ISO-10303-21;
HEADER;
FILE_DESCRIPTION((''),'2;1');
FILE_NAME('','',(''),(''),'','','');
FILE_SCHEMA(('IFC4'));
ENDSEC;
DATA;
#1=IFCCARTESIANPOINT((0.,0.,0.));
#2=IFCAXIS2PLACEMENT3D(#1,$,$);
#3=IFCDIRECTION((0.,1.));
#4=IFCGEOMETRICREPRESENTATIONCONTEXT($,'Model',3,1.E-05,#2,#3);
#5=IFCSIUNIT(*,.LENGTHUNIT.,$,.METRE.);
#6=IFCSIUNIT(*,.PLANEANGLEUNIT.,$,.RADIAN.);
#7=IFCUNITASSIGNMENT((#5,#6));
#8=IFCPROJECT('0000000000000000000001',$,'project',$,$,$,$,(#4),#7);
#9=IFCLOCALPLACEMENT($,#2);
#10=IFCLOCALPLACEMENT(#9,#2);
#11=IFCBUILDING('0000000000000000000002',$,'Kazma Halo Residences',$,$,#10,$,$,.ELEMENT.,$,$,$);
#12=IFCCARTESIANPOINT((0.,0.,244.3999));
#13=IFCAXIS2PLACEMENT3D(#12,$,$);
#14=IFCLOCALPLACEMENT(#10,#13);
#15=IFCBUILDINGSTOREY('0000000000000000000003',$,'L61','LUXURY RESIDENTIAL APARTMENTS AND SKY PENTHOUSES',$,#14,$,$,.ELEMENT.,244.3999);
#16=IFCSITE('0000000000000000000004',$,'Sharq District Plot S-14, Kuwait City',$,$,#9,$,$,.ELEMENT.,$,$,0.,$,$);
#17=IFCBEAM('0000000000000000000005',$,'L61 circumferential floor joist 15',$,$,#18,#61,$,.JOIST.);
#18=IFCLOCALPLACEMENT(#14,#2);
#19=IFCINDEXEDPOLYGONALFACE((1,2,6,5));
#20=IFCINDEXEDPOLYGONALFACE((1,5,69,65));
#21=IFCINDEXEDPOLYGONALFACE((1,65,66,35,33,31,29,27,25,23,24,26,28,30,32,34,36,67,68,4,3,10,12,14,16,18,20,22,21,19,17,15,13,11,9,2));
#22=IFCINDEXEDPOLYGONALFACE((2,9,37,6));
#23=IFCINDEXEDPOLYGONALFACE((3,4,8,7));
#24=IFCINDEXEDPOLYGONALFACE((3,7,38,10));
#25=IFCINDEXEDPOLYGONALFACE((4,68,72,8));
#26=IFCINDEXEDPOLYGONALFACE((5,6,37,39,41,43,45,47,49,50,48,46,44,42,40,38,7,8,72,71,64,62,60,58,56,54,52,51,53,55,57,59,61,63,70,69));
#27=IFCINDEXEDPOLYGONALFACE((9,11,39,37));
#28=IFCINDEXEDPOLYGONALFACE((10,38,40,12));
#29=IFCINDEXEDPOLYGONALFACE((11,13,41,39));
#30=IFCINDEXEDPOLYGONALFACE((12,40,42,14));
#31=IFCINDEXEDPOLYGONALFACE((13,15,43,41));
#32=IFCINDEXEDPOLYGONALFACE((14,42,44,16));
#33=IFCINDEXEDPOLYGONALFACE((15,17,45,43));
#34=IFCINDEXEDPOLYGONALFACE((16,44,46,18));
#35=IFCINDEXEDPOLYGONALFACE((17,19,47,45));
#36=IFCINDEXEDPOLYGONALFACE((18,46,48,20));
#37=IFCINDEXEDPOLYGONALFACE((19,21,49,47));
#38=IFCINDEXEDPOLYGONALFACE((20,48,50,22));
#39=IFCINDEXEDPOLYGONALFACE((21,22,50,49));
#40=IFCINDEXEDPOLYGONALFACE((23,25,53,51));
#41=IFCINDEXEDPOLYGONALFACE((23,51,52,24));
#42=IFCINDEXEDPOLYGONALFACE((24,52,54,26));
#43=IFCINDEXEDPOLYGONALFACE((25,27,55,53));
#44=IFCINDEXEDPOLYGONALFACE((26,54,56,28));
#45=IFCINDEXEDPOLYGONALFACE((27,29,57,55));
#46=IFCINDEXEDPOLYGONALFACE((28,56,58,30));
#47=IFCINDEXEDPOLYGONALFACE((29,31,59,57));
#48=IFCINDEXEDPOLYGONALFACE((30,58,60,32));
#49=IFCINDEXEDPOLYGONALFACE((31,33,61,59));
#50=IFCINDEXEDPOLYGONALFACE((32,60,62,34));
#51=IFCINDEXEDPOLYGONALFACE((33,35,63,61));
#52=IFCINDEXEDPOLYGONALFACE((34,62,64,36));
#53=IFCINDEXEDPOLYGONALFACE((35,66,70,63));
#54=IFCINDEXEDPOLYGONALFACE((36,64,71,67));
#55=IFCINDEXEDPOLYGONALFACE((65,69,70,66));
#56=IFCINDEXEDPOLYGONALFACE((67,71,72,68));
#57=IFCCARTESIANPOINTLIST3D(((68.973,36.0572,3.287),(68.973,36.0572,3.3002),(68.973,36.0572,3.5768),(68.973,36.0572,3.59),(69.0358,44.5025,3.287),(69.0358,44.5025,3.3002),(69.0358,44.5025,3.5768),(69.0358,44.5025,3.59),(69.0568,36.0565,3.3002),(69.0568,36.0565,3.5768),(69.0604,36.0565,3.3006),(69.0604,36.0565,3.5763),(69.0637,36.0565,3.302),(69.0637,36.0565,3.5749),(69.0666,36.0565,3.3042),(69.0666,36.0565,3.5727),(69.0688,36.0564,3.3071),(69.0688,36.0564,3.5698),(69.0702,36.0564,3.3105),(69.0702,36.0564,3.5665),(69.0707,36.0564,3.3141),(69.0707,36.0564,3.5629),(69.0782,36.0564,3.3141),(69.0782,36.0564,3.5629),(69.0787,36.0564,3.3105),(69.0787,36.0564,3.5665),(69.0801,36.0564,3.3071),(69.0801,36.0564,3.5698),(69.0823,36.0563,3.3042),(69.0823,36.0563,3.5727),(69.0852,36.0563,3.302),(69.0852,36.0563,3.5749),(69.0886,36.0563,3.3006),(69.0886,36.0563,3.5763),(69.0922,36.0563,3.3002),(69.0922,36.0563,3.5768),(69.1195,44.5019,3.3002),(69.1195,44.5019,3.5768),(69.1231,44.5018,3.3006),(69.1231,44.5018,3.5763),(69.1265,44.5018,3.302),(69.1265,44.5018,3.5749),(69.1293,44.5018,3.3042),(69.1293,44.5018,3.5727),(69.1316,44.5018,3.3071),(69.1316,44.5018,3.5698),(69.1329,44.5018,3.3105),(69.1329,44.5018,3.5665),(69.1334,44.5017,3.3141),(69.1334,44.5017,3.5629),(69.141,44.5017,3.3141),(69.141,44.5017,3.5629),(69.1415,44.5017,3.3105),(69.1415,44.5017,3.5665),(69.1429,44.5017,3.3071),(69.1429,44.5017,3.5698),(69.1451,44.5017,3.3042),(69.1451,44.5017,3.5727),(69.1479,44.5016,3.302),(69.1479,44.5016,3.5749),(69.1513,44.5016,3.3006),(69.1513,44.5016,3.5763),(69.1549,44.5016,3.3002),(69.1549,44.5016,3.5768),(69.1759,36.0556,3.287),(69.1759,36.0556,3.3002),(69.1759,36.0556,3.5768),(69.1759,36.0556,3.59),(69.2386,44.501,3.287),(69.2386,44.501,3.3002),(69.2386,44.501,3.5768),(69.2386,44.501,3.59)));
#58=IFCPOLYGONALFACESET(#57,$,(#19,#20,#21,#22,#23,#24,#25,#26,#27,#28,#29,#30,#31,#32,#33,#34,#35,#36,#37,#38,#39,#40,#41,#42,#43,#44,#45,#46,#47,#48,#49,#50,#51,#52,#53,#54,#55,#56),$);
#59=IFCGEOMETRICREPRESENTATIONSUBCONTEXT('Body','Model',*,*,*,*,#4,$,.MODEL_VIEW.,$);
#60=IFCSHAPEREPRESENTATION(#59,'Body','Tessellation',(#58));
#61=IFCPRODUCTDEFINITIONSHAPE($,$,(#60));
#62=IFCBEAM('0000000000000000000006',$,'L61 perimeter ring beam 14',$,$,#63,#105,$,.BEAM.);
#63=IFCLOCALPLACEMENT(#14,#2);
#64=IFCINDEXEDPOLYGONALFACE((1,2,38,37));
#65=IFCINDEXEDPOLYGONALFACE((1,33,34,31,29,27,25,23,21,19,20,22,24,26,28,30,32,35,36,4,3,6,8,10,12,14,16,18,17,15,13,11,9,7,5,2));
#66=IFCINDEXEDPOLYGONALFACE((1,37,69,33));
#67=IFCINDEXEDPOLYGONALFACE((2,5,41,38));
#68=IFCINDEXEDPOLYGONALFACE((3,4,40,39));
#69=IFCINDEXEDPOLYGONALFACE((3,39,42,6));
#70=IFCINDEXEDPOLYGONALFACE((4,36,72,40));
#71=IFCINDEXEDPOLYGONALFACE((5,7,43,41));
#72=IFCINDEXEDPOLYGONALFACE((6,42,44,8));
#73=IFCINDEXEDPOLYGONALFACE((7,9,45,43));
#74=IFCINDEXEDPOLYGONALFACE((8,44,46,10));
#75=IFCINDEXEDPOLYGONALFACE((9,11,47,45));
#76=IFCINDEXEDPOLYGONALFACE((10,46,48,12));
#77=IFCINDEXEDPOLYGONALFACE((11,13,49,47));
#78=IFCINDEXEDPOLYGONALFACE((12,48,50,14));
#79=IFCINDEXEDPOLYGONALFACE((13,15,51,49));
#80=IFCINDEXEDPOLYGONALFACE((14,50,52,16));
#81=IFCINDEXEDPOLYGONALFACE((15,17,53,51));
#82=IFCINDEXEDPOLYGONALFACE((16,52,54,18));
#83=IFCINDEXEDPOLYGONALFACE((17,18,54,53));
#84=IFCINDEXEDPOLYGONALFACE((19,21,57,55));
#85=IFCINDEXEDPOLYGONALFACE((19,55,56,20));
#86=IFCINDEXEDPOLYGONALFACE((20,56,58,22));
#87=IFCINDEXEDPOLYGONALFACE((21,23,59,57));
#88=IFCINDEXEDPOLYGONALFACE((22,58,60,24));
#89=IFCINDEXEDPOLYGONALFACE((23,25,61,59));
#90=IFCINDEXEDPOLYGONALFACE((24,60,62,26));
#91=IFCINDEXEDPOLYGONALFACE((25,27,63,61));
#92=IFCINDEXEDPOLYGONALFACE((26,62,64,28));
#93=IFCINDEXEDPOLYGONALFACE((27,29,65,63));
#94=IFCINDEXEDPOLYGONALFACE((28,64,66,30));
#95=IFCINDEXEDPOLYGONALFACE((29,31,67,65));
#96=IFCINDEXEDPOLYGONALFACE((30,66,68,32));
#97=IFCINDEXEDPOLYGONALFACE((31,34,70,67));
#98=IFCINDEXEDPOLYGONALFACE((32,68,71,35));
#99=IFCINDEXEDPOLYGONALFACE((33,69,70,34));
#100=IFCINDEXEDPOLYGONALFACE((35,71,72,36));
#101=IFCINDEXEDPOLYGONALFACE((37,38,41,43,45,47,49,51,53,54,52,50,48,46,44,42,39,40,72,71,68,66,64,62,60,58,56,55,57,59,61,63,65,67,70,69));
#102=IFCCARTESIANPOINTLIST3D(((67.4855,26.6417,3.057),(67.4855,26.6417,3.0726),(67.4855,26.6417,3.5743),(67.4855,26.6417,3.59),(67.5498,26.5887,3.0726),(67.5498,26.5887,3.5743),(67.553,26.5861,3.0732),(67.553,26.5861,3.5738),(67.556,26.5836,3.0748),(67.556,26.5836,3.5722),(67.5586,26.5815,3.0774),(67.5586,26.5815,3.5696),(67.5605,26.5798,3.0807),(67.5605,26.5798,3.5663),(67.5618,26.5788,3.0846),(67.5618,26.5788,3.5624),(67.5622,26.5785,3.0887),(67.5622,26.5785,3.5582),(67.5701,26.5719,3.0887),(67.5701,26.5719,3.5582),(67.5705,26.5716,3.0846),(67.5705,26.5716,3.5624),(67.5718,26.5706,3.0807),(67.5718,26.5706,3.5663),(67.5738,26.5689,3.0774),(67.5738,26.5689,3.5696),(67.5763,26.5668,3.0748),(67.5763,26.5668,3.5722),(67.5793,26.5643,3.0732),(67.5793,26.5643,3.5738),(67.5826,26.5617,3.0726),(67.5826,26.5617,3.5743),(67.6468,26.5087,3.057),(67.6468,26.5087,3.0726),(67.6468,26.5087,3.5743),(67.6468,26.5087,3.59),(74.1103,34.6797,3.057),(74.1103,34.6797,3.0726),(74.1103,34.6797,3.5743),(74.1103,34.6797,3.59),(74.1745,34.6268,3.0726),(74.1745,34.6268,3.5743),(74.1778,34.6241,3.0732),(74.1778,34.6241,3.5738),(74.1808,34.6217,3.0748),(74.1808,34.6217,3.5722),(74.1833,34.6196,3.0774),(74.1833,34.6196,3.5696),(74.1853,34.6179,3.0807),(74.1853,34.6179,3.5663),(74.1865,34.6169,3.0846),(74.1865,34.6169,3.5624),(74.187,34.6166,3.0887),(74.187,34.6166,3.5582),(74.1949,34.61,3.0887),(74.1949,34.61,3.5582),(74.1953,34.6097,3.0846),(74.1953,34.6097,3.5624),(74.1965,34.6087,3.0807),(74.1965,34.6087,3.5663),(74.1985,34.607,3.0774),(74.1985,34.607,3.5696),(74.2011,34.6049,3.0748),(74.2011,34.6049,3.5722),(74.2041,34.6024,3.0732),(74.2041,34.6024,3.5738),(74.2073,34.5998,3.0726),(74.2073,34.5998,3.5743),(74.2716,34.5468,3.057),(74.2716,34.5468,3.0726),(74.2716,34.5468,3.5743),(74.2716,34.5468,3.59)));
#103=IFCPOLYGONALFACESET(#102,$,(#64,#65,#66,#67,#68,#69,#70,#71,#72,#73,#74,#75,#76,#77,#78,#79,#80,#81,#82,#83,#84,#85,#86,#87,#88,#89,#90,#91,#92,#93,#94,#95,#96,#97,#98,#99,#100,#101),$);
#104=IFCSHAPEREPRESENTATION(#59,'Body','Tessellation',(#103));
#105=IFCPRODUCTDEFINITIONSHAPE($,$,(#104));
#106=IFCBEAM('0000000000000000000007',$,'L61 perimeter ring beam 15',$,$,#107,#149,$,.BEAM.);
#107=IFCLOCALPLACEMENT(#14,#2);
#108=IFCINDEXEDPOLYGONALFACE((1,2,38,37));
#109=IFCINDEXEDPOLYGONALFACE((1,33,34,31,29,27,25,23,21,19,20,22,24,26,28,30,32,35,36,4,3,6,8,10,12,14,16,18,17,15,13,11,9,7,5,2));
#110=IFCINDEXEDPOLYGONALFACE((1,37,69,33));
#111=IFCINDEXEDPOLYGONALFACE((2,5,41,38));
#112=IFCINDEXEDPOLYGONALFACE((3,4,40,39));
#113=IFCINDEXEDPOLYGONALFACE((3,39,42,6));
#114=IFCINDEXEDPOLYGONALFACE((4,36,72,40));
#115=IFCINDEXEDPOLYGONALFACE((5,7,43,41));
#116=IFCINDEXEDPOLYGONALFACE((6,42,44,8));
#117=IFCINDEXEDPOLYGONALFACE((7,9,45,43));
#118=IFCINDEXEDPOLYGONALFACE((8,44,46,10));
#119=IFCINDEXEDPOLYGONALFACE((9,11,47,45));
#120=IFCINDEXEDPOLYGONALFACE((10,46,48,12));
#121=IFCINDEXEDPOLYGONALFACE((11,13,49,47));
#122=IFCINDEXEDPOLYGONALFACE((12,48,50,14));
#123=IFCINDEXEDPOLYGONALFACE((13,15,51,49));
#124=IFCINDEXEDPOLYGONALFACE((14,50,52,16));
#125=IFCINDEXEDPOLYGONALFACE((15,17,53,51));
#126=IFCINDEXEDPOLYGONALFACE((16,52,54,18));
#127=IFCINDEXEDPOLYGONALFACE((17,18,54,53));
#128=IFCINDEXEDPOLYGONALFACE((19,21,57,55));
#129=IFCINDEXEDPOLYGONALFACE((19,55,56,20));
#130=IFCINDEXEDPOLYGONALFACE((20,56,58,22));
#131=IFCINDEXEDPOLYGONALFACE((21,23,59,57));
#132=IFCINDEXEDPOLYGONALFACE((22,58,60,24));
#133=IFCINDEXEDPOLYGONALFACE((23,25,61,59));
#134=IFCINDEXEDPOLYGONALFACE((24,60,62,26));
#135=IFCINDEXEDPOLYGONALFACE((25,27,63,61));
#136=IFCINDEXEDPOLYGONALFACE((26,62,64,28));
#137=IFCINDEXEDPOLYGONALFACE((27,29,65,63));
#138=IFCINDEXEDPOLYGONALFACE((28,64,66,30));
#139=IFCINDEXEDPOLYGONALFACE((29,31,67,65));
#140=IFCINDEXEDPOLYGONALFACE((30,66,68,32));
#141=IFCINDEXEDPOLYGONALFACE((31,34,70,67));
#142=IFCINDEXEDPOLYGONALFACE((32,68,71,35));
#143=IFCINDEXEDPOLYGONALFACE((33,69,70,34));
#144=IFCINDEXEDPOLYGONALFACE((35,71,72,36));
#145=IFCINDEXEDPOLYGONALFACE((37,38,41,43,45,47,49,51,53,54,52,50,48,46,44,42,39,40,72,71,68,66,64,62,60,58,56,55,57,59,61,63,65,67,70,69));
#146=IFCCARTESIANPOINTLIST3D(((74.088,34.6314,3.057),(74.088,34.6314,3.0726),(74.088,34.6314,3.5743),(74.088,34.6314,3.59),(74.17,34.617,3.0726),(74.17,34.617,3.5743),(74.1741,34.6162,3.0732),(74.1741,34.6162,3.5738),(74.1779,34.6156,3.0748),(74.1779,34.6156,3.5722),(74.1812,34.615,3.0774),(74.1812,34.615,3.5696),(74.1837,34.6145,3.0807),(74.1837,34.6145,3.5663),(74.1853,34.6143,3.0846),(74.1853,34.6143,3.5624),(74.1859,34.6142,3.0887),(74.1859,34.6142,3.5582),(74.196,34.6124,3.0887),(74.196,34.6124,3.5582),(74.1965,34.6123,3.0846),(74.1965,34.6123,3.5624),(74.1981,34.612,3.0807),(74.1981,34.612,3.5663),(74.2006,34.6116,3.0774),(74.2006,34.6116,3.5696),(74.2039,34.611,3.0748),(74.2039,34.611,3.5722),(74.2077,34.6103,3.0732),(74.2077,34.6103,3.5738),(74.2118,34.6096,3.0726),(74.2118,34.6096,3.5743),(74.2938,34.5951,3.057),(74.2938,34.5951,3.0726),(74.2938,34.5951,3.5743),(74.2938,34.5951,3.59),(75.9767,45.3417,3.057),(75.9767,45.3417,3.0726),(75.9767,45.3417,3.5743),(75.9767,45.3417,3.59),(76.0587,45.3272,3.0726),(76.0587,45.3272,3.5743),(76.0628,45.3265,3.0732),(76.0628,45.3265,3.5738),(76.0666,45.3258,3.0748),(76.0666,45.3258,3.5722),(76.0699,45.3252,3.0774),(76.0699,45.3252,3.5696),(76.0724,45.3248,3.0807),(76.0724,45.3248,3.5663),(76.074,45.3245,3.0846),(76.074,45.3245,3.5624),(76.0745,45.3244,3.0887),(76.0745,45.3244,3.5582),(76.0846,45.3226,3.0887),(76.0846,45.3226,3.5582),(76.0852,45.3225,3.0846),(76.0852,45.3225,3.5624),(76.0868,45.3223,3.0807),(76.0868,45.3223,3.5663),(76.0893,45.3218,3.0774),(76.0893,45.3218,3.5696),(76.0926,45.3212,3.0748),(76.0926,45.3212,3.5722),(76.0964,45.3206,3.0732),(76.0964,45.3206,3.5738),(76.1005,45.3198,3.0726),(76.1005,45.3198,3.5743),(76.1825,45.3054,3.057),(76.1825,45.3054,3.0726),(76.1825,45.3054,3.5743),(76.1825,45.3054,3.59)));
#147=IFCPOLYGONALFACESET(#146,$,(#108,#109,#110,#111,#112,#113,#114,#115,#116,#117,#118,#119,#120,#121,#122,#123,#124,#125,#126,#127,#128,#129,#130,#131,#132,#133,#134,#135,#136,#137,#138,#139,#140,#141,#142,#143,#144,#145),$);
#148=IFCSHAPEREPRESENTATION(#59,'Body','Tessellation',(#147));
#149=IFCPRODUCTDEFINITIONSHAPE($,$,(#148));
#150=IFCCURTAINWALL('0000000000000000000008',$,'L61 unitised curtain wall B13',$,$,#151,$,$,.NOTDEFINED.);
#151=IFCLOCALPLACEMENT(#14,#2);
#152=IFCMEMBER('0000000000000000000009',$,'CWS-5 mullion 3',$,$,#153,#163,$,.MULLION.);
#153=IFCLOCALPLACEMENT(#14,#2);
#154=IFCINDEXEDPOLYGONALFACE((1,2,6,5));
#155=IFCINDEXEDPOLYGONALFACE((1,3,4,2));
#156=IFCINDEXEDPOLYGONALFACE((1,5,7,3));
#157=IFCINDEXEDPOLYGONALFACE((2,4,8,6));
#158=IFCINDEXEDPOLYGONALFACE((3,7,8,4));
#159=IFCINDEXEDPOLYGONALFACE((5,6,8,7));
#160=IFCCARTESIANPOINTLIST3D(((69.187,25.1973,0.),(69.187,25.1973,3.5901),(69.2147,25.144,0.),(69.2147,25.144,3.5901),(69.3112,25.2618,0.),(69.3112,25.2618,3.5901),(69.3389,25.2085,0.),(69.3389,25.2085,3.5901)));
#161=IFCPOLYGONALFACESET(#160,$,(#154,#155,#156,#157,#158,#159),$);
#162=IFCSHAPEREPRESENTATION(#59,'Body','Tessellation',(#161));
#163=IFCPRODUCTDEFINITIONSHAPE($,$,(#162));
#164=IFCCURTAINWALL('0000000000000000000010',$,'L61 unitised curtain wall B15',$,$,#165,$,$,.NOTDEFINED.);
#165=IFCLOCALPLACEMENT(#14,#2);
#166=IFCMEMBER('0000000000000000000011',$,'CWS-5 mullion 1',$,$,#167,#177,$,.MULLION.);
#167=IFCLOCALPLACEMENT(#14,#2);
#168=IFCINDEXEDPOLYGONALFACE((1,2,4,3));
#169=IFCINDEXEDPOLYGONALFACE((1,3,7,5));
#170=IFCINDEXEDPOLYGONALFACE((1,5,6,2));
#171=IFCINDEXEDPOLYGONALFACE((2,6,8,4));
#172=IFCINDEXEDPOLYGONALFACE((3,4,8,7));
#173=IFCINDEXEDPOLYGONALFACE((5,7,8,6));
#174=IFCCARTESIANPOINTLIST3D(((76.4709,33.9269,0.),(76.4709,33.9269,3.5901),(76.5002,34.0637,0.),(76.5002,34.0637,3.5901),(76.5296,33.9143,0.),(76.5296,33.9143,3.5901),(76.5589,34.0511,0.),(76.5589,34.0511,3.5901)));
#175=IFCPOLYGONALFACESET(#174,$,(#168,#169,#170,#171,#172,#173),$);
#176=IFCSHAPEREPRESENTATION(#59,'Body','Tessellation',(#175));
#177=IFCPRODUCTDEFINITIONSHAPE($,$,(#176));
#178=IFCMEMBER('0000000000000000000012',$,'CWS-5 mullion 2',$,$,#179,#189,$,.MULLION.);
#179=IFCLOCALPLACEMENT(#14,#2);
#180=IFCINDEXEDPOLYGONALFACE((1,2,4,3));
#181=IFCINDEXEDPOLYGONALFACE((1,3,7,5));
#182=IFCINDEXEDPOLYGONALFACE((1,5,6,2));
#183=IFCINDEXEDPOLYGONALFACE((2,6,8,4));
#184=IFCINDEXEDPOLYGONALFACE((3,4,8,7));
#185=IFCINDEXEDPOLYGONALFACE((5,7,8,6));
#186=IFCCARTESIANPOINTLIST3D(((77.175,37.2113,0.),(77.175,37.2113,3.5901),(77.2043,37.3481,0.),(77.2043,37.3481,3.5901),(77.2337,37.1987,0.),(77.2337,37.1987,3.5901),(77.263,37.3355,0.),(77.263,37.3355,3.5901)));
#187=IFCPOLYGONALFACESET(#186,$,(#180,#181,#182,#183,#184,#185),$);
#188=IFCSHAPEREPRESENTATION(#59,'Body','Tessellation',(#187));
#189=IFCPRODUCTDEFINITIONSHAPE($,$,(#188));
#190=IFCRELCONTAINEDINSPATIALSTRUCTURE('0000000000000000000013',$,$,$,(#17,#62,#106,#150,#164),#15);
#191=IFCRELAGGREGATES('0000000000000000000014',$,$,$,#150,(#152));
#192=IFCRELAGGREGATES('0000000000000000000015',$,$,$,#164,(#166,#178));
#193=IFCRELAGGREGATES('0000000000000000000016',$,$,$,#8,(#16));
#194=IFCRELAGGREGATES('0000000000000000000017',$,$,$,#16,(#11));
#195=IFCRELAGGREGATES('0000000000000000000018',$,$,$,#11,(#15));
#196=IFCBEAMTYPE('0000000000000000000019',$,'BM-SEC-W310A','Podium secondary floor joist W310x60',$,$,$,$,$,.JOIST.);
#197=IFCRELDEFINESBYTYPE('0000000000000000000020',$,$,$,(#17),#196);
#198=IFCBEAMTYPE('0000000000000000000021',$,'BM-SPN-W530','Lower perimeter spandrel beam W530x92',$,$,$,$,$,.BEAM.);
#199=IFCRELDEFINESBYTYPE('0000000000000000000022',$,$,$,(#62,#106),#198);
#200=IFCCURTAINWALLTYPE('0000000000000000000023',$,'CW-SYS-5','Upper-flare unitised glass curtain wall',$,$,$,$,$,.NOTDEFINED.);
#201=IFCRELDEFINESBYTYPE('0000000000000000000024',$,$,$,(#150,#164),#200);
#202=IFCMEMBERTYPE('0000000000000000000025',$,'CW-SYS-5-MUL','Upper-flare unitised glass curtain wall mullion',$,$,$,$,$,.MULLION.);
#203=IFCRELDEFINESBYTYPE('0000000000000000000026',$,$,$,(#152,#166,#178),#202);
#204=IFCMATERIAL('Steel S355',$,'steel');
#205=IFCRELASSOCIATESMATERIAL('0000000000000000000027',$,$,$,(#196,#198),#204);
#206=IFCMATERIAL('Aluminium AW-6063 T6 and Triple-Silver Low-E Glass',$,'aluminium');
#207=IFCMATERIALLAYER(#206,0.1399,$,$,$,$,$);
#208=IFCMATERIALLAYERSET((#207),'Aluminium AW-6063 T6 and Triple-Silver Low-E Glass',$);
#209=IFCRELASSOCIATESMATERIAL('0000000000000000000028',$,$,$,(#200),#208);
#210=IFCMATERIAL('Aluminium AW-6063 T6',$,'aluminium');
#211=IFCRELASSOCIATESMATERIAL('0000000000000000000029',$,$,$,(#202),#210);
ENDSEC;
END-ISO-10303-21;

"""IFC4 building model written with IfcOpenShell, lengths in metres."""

from ifc_helpers import new_model, si_unit, direction, frame, origin, origin_2d, place, context, subcontext, project, spatial, rectangle, i_section, extrude, material, layer, layer_set, material_profile, profile_set, type_object, element, aggregate, save


model = new_model("IFC4")

# Units and contexts
model_context = context("Model", 3, precision=1e-05, world=origin(), true_north=direction((0.0, 1.0)))
body_context = subcontext(model_context, "Body", "Model", "MODEL_VIEW")
ifc_project = project(units=[si_unit("LENGTHUNIT", "METRE"), si_unit("PLANEANGLEUNIT", "RADIAN")], contexts=[model_context])

# Site, building, storey
site_placement = place(None, origin())
site = spatial("IfcSite", under=ifc_project, at=site_placement, Name="Sharq District Plot S-14, Kuwait City", CompositionType="ELEMENT", RefElevation=0.0)
building_placement = place(site_placement, origin())
building = spatial("IfcBuilding", under=site, at=building_placement, Name="Kazma Halo Residences", CompositionType="ELEMENT")
storey_placement = place(building_placement, frame((0.0, 0.0, 244.3999)))
storey = spatial("IfcBuildingStorey", under=building, at=storey_placement, Name="L61", Description="LUXURY RESIDENTIAL APARTMENTS AND SKY PENTHOUSES", CompositionType="ELEMENT", Elevation=244.3999)

# Beams
ifc_material_1 = material(Name="Steel S355", Category="steel")
ifc_material_profile_1 = material_profile(ifc_material_1, i_section(OverallWidth=0.2029, OverallDepth=0.303, WebThickness=0.0076, FlangeThickness=0.0132, FilletRadius=0.0139, at=origin_2d()), Name="W310x60")
ifc_profile_set_1 = profile_set([ifc_material_profile_1], Name="Steel S355")
beam_type_1 = type_object("IfcBeamType", Name="BM-SEC-W310A", Description="Podium secondary floor joist W310x60", PredefinedType="JOIST", material=ifc_profile_set_1)
beam_1_placement = place(storey_placement, frame((69.0745, 36.0564, 3.4385), z_axis=(0.007429, 0.999972, 0.0), x_axis=(-0.999972, 0.007429, 0.0)))
element("IfcBeam", 1, at=beam_1_placement, inside=storey, type_object=beam_type_1, Name="L61 circumferential floor joist 15", PredefinedType="JOIST", context=body_context, shape_type="SweptSolid", body=[
    extrude(i_section(OverallWidth=0.2029, OverallDepth=0.303, WebThickness=0.0076, FlangeThickness=0.0132, FilletRadius=0.0139, at=origin_2d()), origin(), (0.0, 0.0, 1.0), 8.4456),
])
ifc_material_profile_2 = material_profile(ifc_material_1, i_section(OverallWidth=0.209, OverallDepth=0.533, WebThickness=0.0103, FlangeThickness=0.0156, FilletRadius=0.0161, at=origin_2d()), Name="W530x92")
ifc_profile_set_2 = profile_set([ifc_material_profile_2], Name="Steel S355")
beam_type_2 = type_object("IfcBeamType", Name="BM-SPN-W530", Description="Lower perimeter spandrel beam W530x92", PredefinedType="BEAM", material=ifc_profile_set_2)
beam_2_placement = place(storey_placement, frame((67.5662, 26.5752, 3.3235), z_axis=(0.636002, 0.771687, 0.0), x_axis=(-0.771687, 0.636002, 0.0)))
element("IfcBeam", 2, at=beam_2_placement, inside=storey, type_object=beam_type_2, Name="L61 perimeter ring beam 14", PredefinedType="BEAM", context=body_context, shape_type="SweptSolid", body=[
    extrude(i_section(OverallWidth=0.209, OverallDepth=0.533, WebThickness=0.0103, FlangeThickness=0.0156, FilletRadius=0.0161, at=origin_2d()), origin(), (0.0, 0.0, 1.0), 10.4163),
])
beam_3_placement = place(storey_placement, frame((74.1909, 34.6133, 3.3235), z_axis=(0.173664, 0.984805, 0.0), x_axis=(-0.984805, 0.173664, 0.0)))
element("IfcBeam", 3, at=beam_3_placement, inside=storey, type_object=beam_type_2, Name="L61 perimeter ring beam 15", PredefinedType="BEAM", context=body_context, shape_type="SweptSolid", body=[
    extrude(i_section(OverallWidth=0.209, OverallDepth=0.533, WebThickness=0.0103, FlangeThickness=0.0156, FilletRadius=0.0161, at=origin_2d()), origin(), (0.0, 0.0, 1.0), 10.8755),
])

# Curtain wall, member
ifc_material_2 = material(Name="Aluminium AW-6063 T6 and Triple-Silver Low-E Glass", Category="aluminium")
ifc_layer_1 = layer(ifc_material_2, 0.1399)
ifc_layer_set_1 = layer_set([ifc_layer_1], Name="Aluminium AW-6063 T6 and Triple-Silver Low-E Glass")
curtain_wall_type = type_object("IfcCurtainWallType", Name="CW-SYS-5", Description="Upper-flare unitised glass curtain wall", PredefinedType="NOTDEFINED", material=ifc_layer_set_1)
curtain_wall_1_placement = place(storey_placement, origin())
curtain_wall_1 = element("IfcCurtainWall", 4, at=curtain_wall_1_placement, inside=storey, type_object=curtain_wall_type, Name="L61 unitised curtain wall B13", PredefinedType="NOTDEFINED")
ifc_material_3 = material(Name="Aluminium AW-6063 T6", Category="aluminium")
ifc_material_profile_3 = material_profile(ifc_material_3, rectangle(XDim=0.0601, YDim=0.1399, at=origin_2d()), Name="CWM-60x140")
ifc_profile_set_3 = profile_set([ifc_material_profile_3], Name="Aluminium AW-6063 T6")
member_type_1 = type_object("IfcMemberType", Name="CW-SYS-5-MUL", Description="Upper-flare unitised glass curtain wall mullion", PredefinedType="MULLION", material=ifc_profile_set_3)
member_1_placement = place(storey_placement, frame((69.2629, 25.2029, 0.0), z_axis=(0.0, 0.0, 1.0), x_axis=(-0.460961, 0.887421, 0.0)))
member_1 = element("IfcMember", 5, at=member_1_placement, type_object=member_type_1, Name="CWS-5 mullion 3", PredefinedType="MULLION", context=body_context, shape_type="SweptSolid", body=[
    extrude(rectangle(XDim=0.0601, YDim=0.1399, at=origin_2d()), origin(), (0.0, 0.0, 1.0), 3.5901),
])

# Curtain wall, members
curtain_wall_2_placement = place(storey_placement, origin())
curtain_wall_2 = element("IfcCurtainWall", 6, at=curtain_wall_2_placement, inside=storey, type_object=curtain_wall_type, Name="L61 unitised curtain wall B15", PredefinedType="NOTDEFINED")
member_2_placement = place(storey_placement, frame((76.5149, 33.989, 0.0), z_axis=(0.0, 0.0, 1.0), x_axis=(-0.977775, 0.209657, 0.0)))
member_2 = element("IfcMember", 7, at=member_2_placement, type_object=member_type_1, Name="CWS-5 mullion 1", PredefinedType="MULLION", context=body_context, shape_type="SweptSolid", body=[
    extrude(rectangle(XDim=0.0601, YDim=0.1399, at=origin_2d()), origin(), (0.0, 0.0, 1.0), 3.5901),
])
member_3_placement = place(storey_placement, frame((77.219, 37.2734, 0.0), z_axis=(0.0, 0.0, 1.0), x_axis=(-0.977775, 0.209657, 0.0)))
member_3 = element("IfcMember", 8, at=member_3_placement, type_object=member_type_1, Name="CWS-5 mullion 2", PredefinedType="MULLION", context=body_context, shape_type="SweptSolid", body=[
    extrude(rectangle(XDim=0.0601, YDim=0.1399, at=origin_2d()), origin(), (0.0, 0.0, 1.0), 3.5901),
])

aggregate(curtain_wall_1, [member_1])
aggregate(curtain_wall_2, [member_2, member_3])

save(model, "model.ifc")
